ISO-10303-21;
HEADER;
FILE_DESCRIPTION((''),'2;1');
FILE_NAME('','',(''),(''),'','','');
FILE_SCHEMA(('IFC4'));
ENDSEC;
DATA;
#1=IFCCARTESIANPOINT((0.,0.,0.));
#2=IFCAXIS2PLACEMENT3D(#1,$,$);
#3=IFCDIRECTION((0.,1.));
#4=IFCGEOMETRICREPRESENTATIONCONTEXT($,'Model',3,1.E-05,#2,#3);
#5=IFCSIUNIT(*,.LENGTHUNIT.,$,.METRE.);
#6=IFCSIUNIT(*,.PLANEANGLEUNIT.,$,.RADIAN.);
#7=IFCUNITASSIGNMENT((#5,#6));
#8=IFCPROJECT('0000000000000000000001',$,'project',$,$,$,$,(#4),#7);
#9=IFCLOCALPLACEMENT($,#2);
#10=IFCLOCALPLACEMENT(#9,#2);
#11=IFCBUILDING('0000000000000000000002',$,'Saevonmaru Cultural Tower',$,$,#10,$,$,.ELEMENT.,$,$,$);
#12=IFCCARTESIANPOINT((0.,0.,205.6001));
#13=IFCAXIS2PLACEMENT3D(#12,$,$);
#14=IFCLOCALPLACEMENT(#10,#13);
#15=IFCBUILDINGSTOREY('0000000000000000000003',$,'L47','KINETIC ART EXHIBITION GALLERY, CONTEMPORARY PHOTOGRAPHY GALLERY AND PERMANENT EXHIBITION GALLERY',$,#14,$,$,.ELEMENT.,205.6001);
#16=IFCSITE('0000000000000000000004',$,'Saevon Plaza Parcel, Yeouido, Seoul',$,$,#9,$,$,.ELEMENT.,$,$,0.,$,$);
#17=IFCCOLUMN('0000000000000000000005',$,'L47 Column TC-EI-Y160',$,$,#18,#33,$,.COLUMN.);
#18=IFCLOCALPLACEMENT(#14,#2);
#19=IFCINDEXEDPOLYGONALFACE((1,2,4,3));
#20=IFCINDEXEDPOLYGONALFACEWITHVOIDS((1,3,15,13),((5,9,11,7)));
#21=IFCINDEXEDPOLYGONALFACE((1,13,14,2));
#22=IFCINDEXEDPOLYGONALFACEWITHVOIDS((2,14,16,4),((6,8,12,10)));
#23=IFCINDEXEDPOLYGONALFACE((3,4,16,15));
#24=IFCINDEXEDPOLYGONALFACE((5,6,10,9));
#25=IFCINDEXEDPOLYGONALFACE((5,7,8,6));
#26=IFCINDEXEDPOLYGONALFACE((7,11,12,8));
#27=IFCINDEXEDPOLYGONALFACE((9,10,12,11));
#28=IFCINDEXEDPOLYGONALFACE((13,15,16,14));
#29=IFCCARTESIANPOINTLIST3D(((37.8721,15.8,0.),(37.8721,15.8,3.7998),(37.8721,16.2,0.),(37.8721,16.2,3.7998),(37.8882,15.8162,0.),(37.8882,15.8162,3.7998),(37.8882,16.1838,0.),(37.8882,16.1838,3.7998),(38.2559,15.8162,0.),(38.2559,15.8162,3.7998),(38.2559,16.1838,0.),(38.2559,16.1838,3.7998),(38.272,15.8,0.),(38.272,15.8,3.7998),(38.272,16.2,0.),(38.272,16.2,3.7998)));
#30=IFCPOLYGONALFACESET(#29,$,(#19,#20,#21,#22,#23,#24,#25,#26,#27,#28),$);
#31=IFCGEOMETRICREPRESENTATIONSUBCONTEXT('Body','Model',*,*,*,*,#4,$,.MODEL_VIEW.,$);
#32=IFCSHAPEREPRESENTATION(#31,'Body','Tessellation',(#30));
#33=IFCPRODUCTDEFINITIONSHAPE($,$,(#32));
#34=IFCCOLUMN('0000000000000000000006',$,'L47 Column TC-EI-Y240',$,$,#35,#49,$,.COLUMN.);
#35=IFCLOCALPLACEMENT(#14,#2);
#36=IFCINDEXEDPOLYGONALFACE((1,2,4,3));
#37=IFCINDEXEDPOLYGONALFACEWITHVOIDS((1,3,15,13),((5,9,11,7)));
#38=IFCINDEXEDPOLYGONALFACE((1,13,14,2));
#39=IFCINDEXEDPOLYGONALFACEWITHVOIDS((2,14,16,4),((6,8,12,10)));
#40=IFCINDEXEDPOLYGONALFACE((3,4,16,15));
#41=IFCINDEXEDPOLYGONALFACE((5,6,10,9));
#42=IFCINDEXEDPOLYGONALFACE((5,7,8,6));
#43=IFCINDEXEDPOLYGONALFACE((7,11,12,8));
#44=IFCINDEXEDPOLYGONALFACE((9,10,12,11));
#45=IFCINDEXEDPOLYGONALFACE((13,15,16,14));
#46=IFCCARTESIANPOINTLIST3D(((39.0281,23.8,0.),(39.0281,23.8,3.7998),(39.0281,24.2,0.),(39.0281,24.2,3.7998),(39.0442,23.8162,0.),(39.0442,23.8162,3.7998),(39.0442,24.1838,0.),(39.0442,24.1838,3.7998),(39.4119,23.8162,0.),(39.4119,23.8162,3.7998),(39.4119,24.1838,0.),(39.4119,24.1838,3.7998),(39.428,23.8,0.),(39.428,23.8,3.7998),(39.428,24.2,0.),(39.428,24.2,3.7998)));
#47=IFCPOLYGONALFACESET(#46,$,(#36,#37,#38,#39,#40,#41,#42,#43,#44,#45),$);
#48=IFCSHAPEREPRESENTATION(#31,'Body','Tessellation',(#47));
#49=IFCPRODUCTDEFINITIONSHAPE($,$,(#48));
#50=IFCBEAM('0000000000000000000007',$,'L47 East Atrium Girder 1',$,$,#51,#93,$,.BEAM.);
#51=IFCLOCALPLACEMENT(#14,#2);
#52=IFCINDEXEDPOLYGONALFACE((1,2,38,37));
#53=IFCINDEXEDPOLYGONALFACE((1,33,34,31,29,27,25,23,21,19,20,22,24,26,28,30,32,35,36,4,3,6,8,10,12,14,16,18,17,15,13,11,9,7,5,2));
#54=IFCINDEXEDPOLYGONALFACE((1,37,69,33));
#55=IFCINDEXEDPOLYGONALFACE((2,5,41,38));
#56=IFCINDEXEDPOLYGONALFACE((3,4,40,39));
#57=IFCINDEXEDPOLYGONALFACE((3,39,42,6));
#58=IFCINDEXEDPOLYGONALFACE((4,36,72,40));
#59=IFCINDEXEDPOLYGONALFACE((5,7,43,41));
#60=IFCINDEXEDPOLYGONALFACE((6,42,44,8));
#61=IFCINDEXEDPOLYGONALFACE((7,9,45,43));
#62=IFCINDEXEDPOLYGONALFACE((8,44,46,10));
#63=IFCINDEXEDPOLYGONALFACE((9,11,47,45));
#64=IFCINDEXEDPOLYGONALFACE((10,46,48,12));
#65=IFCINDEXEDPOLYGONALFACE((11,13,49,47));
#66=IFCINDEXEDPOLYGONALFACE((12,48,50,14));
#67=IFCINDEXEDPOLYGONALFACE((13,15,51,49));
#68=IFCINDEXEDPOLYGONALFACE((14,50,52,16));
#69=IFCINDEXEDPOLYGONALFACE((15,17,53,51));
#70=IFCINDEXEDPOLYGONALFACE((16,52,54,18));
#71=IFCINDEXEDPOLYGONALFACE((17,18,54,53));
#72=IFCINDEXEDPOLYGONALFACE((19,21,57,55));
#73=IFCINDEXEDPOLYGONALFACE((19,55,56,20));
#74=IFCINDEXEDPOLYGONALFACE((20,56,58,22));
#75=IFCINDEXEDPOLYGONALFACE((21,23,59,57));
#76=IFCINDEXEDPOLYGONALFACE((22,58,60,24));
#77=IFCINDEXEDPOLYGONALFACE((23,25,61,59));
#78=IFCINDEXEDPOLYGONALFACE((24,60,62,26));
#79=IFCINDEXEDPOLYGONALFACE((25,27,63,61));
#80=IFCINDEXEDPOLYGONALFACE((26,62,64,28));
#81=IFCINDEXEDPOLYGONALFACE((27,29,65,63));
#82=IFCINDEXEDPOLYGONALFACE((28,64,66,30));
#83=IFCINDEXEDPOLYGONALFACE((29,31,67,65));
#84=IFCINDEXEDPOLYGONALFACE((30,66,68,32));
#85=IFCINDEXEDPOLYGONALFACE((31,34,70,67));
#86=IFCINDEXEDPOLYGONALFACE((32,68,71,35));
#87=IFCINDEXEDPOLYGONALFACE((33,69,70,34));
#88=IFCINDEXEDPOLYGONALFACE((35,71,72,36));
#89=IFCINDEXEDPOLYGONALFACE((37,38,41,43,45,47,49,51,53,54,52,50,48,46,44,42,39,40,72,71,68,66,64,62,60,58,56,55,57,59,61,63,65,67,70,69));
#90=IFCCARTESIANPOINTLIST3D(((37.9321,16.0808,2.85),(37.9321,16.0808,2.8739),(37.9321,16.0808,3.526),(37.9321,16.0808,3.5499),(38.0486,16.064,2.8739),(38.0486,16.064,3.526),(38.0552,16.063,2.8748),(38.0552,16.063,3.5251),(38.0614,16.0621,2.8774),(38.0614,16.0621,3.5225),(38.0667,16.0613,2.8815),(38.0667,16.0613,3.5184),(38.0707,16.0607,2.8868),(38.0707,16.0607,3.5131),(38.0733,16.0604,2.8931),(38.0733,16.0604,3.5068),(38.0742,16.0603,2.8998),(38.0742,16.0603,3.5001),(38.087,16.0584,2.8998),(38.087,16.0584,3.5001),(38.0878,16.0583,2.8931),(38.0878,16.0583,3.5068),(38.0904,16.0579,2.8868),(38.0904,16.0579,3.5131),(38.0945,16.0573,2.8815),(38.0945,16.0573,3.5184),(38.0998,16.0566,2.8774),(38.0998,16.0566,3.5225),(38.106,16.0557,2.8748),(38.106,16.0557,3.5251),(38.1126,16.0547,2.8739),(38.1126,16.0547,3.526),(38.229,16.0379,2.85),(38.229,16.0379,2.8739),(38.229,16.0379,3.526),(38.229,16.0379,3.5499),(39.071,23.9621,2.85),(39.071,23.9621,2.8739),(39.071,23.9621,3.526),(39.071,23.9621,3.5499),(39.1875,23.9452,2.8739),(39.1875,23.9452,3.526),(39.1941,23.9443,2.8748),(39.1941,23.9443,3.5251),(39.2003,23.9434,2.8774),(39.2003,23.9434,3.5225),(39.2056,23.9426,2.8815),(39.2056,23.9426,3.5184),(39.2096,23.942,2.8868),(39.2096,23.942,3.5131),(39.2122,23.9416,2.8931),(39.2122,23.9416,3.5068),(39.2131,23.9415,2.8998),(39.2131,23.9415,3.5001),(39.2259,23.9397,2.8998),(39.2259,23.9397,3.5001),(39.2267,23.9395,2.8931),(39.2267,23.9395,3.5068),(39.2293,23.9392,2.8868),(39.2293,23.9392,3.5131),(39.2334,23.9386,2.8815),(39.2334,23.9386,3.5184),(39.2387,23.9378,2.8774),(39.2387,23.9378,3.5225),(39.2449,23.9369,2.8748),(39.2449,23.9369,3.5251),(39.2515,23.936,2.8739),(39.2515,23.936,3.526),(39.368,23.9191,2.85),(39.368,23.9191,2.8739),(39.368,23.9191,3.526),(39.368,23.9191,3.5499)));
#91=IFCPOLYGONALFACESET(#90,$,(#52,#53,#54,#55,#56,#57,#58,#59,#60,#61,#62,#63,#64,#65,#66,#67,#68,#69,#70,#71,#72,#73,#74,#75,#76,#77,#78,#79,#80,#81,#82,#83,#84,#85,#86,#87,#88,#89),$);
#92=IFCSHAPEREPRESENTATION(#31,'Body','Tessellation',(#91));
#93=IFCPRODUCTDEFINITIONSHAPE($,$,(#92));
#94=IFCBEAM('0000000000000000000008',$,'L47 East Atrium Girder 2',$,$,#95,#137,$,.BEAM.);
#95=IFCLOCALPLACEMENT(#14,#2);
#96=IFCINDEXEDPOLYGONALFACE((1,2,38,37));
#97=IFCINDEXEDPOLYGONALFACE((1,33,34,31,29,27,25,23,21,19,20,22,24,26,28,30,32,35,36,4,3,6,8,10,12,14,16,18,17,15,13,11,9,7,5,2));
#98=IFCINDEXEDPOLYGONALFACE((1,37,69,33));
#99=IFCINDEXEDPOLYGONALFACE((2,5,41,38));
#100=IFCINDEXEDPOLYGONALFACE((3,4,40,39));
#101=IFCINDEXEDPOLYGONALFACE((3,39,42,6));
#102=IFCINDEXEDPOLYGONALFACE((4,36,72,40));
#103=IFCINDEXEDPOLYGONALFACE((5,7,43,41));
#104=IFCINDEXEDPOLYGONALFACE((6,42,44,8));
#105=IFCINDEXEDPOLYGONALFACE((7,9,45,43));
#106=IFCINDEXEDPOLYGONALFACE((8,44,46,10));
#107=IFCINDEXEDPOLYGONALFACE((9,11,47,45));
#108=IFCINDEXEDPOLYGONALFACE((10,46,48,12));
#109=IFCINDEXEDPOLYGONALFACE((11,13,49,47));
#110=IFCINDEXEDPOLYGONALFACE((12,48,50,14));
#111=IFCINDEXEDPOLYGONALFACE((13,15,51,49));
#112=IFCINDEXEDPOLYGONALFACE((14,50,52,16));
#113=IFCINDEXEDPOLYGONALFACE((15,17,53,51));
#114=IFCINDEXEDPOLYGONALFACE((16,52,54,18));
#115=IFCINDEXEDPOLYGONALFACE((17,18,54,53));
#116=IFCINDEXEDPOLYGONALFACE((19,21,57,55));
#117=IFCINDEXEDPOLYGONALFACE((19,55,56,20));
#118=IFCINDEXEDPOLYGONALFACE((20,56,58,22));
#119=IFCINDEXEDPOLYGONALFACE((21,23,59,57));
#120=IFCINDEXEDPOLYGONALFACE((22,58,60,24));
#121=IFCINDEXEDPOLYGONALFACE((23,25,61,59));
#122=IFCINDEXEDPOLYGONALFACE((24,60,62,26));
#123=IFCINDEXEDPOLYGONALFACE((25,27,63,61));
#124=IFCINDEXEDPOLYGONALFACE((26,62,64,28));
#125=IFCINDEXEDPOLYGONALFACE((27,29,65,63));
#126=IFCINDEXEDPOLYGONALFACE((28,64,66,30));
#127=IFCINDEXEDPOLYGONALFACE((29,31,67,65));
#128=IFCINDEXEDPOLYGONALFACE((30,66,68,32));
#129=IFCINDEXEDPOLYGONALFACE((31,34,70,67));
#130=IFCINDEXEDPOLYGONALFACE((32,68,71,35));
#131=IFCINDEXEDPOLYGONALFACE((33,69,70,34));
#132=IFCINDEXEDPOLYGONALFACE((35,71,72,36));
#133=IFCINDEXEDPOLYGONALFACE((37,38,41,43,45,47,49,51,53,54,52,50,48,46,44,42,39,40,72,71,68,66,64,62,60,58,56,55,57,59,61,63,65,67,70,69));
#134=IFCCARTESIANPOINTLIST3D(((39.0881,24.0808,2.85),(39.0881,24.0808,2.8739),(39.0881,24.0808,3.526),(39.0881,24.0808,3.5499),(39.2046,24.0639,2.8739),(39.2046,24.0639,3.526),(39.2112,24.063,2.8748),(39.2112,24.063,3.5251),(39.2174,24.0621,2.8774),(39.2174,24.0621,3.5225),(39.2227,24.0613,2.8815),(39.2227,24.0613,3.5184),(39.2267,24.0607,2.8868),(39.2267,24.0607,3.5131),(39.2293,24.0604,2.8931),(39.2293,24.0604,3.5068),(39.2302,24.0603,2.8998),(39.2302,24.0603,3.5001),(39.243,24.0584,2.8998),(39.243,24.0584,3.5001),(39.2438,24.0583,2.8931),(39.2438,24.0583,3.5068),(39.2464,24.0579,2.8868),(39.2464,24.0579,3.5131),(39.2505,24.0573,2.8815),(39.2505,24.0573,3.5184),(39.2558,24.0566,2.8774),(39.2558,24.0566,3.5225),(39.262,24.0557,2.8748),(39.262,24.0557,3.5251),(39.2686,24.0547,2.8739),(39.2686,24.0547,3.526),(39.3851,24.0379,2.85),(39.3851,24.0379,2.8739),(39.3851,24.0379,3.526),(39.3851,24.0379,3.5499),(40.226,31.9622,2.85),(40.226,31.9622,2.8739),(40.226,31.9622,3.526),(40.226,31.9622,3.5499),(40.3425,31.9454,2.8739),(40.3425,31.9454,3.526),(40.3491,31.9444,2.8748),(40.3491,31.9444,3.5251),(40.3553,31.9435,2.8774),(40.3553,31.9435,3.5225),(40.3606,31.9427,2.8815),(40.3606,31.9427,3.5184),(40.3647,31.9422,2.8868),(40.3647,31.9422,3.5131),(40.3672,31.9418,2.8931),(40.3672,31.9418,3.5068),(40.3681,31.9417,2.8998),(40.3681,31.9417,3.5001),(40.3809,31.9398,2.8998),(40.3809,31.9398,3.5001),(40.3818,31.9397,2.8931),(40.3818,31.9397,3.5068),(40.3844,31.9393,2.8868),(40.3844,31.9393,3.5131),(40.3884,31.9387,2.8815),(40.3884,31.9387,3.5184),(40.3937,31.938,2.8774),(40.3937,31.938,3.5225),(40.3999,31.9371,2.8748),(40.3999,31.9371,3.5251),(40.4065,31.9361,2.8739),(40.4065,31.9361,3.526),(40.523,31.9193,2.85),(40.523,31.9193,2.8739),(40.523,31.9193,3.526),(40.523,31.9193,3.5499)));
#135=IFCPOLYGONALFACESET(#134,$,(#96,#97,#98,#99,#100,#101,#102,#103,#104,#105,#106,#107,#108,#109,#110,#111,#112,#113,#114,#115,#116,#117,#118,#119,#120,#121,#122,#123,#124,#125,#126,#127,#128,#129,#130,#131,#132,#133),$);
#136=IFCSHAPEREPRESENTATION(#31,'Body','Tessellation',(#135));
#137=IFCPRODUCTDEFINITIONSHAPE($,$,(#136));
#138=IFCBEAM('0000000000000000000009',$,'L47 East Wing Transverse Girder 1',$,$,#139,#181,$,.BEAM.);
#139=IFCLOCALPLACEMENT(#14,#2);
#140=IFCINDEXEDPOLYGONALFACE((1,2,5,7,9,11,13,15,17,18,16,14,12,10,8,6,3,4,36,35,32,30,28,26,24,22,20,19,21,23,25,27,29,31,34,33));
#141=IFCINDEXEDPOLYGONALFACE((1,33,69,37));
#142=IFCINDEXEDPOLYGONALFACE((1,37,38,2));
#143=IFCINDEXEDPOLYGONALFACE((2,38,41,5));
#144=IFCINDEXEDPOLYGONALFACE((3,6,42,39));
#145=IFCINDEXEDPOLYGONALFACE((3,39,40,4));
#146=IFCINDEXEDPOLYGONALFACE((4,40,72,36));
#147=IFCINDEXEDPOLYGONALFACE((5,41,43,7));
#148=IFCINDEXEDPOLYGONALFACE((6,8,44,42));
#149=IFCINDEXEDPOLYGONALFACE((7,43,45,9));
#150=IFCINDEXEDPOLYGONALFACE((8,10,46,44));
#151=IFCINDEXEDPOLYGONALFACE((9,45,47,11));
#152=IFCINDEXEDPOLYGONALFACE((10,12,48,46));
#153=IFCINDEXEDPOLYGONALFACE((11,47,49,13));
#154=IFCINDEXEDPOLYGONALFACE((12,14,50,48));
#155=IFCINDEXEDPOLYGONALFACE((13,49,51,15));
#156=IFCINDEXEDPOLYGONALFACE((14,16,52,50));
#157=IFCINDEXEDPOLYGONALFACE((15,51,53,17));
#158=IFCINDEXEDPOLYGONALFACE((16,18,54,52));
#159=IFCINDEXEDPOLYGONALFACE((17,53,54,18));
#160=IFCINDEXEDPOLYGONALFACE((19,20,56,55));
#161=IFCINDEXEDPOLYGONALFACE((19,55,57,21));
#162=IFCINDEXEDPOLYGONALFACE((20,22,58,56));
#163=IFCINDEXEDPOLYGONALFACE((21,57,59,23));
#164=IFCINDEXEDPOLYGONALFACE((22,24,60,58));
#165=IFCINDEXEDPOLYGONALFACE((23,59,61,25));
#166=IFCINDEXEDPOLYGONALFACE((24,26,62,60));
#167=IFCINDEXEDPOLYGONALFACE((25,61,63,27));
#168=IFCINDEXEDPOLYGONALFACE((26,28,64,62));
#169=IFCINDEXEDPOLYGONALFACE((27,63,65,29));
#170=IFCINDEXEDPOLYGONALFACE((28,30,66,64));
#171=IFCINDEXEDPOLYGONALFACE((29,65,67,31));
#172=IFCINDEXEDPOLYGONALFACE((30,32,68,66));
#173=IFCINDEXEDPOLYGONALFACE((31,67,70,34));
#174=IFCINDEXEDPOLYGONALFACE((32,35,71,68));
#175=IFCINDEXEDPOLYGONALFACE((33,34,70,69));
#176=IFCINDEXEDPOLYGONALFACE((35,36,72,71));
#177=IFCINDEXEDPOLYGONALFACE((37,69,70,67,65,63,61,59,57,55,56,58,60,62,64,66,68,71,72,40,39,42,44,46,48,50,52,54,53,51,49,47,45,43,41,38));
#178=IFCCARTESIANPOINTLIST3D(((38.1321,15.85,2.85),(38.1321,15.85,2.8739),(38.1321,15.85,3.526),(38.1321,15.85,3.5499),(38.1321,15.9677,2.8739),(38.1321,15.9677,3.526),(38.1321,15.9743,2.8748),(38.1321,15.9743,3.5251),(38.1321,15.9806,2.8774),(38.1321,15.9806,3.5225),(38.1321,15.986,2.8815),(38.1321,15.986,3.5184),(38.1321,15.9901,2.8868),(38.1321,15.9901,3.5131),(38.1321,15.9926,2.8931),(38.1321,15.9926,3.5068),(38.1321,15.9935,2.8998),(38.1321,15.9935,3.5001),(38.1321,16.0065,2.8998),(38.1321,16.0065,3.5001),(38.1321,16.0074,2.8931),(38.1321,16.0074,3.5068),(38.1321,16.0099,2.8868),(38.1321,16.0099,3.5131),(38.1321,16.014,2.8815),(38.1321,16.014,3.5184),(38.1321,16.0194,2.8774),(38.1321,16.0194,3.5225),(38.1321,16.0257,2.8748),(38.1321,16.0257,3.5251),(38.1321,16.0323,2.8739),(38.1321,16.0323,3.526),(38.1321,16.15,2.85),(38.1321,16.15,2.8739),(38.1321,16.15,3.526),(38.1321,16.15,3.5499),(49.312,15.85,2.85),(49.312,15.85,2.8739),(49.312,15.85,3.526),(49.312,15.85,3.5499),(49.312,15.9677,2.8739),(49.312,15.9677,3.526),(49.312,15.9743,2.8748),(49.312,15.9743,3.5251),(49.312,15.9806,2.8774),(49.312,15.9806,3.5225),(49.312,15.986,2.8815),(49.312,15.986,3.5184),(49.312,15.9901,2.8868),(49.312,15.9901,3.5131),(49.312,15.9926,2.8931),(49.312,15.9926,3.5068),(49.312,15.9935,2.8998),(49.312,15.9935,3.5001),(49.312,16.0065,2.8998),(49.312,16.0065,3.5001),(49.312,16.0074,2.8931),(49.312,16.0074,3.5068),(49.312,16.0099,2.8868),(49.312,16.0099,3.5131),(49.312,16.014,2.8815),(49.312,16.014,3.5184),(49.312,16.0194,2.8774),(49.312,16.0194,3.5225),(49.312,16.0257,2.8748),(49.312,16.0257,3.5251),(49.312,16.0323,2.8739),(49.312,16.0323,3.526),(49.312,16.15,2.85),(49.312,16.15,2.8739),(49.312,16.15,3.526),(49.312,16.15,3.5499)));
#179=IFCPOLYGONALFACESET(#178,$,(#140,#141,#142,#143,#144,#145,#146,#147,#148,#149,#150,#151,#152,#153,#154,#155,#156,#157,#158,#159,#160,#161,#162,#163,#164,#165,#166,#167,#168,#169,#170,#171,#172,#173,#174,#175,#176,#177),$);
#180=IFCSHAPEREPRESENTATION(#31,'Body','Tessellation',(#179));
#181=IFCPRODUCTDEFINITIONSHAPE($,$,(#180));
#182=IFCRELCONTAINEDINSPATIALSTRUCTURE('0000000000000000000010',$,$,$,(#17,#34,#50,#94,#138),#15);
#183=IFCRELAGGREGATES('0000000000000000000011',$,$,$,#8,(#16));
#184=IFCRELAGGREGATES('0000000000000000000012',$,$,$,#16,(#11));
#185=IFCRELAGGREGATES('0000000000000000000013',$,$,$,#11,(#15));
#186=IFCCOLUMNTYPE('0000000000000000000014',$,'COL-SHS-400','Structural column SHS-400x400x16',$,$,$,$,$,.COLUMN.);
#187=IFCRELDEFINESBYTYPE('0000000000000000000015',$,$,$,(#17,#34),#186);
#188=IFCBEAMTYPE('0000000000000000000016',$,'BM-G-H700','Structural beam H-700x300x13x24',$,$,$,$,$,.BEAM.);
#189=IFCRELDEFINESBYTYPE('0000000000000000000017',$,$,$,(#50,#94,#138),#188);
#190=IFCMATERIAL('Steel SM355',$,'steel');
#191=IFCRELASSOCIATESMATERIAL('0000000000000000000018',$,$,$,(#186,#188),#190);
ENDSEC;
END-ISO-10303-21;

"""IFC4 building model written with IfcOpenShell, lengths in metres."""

from ifc_helpers import new_model, si_unit, direction, frame, origin, origin_2d, place, context, subcontext, project, spatial, hollow_rectangle, i_section, extrude, material, material_profile, profile_set, type_object, element, save


model = new_model("IFC4")

# Units and contexts
model_context = context("Model", 3, precision=1e-05, world=origin(), true_north=direction((0.0, 1.0)))
body_context = subcontext(model_context, "Body", "Model", "MODEL_VIEW")
ifc_project = project(units=[si_unit("LENGTHUNIT", "METRE"), si_unit("PLANEANGLEUNIT", "RADIAN")], contexts=[model_context])

# Site, building, storey
site_placement = place(None, origin())
site = spatial("IfcSite", under=ifc_project, at=site_placement, Name="Saevon Plaza Parcel, Yeouido, Seoul", CompositionType="ELEMENT", RefElevation=0.0)
building_placement = place(site_placement, origin())
building = spatial("IfcBuilding", under=site, at=building_placement, Name="Saevonmaru Cultural Tower", CompositionType="ELEMENT")
storey_placement = place(building_placement, frame((0.0, 0.0, 205.6001)))
storey = spatial("IfcBuildingStorey", under=building, at=storey_placement, Name="L47", Description="KINETIC ART EXHIBITION GALLERY, CONTEMPORARY PHOTOGRAPHY GALLERY AND PERMANENT EXHIBITION GALLERY", CompositionType="ELEMENT", Elevation=205.6001)

# Columns
ifc_material_1 = material(Name="Steel SM355", Category="steel")
ifc_material_profile_1 = material_profile(ifc_material_1, hollow_rectangle(XDim=0.3999, YDim=0.3999, WallThickness=0.0161, at=origin_2d()), Name="SHS-400x400x16")
ifc_profile_set_1 = profile_set([ifc_material_profile_1], Name="Steel SM355")
column_type = type_object("IfcColumnType", Name="COL-SHS-400", Description="Structural column SHS-400x400x16", PredefinedType="COLUMN", material=ifc_profile_set_1)
for number, where, z_axis, x_axis, name in (
    (1, (38.072, 16.0, 0.0), (0.0, 0.0, 1.0), (1.0, 0.0, 0.0), "L47 Column TC-EI-Y160"),
    (2, (39.228, 24.0, 0.0), (0.0, 0.0, 1.0), (1.0, 0.0, 0.0), "L47 Column TC-EI-Y240"),
):
    element("IfcColumn", number, at=place(storey_placement, frame(where, z_axis=z_axis, x_axis=x_axis)), inside=storey, type_object=column_type, Name=name, PredefinedType="COLUMN", context=body_context, shape_type="SweptSolid", body=[
        extrude(hollow_rectangle(XDim=0.3999, YDim=0.3999, WallThickness=0.0161, at=origin_2d()), origin(), (0.0, 0.0, 1.0), 3.7998),
    ])

# Beams
ifc_material_profile_2 = material_profile(ifc_material_1, i_section(OverallWidth=0.3, OverallDepth=0.7, WebThickness=0.0129, FlangeThickness=0.0239, FilletRadius=0.0259, at=origin_2d()), Name="H-700x300x13x24")
ifc_profile_set_2 = profile_set([ifc_material_profile_2], Name="Steel SM355")
beam_type_1 = type_object("IfcBeamType", Name="BM-G-H700", Description="Structural beam H-700x300x13x24", PredefinedType="BEAM", material=ifc_profile_set_2)
for number, where, z_axis, x_axis, name in (
    (3, (38.0806, 16.0593, 3.2), (0.143022, 0.989719, 0.0), (-0.989719, 0.143022, 0.0), "L47 East Atrium Girder 1"),
    (4, (39.2366, 24.0593, 3.2), (0.142902, 0.989737, 0.0), (-0.989737, 0.142902, 0.0), "L47 East Atrium Girder 2"),
):
    element("IfcBeam", number, at=place(storey_placement, frame(where, z_axis=z_axis, x_axis=x_axis)), inside=storey, type_object=beam_type_1, Name=name, PredefinedType="BEAM", context=body_context, shape_type="SweptSolid", body=[
        extrude(i_section(OverallWidth=0.3, OverallDepth=0.7, WebThickness=0.0129, FlangeThickness=0.0239, FilletRadius=0.0259, at=origin_2d()), origin(), (0.0, 0.0, 1.0), 7.9631),
    ])
for number, where, z_axis, x_axis, name in (
    (5, (38.1321, 16.0, 3.2), (1.0, 0.0, 0.0), (0.0, 1.0, 0.0), "L47 East Wing Transverse Girder 1"),
):
    element("IfcBeam", number, at=place(storey_placement, frame(where, z_axis=z_axis, x_axis=x_axis)), inside=storey, type_object=beam_type_1, Name=name, PredefinedType="BEAM", context=body_context, shape_type="SweptSolid", body=[
        extrude(i_section(OverallWidth=0.3, OverallDepth=0.7, WebThickness=0.0129, FlangeThickness=0.0239, FilletRadius=0.0259, at=origin_2d()), origin(), (0.0, 0.0, 1.0), 11.1799),
    ])

save(model, "model.ifc")
